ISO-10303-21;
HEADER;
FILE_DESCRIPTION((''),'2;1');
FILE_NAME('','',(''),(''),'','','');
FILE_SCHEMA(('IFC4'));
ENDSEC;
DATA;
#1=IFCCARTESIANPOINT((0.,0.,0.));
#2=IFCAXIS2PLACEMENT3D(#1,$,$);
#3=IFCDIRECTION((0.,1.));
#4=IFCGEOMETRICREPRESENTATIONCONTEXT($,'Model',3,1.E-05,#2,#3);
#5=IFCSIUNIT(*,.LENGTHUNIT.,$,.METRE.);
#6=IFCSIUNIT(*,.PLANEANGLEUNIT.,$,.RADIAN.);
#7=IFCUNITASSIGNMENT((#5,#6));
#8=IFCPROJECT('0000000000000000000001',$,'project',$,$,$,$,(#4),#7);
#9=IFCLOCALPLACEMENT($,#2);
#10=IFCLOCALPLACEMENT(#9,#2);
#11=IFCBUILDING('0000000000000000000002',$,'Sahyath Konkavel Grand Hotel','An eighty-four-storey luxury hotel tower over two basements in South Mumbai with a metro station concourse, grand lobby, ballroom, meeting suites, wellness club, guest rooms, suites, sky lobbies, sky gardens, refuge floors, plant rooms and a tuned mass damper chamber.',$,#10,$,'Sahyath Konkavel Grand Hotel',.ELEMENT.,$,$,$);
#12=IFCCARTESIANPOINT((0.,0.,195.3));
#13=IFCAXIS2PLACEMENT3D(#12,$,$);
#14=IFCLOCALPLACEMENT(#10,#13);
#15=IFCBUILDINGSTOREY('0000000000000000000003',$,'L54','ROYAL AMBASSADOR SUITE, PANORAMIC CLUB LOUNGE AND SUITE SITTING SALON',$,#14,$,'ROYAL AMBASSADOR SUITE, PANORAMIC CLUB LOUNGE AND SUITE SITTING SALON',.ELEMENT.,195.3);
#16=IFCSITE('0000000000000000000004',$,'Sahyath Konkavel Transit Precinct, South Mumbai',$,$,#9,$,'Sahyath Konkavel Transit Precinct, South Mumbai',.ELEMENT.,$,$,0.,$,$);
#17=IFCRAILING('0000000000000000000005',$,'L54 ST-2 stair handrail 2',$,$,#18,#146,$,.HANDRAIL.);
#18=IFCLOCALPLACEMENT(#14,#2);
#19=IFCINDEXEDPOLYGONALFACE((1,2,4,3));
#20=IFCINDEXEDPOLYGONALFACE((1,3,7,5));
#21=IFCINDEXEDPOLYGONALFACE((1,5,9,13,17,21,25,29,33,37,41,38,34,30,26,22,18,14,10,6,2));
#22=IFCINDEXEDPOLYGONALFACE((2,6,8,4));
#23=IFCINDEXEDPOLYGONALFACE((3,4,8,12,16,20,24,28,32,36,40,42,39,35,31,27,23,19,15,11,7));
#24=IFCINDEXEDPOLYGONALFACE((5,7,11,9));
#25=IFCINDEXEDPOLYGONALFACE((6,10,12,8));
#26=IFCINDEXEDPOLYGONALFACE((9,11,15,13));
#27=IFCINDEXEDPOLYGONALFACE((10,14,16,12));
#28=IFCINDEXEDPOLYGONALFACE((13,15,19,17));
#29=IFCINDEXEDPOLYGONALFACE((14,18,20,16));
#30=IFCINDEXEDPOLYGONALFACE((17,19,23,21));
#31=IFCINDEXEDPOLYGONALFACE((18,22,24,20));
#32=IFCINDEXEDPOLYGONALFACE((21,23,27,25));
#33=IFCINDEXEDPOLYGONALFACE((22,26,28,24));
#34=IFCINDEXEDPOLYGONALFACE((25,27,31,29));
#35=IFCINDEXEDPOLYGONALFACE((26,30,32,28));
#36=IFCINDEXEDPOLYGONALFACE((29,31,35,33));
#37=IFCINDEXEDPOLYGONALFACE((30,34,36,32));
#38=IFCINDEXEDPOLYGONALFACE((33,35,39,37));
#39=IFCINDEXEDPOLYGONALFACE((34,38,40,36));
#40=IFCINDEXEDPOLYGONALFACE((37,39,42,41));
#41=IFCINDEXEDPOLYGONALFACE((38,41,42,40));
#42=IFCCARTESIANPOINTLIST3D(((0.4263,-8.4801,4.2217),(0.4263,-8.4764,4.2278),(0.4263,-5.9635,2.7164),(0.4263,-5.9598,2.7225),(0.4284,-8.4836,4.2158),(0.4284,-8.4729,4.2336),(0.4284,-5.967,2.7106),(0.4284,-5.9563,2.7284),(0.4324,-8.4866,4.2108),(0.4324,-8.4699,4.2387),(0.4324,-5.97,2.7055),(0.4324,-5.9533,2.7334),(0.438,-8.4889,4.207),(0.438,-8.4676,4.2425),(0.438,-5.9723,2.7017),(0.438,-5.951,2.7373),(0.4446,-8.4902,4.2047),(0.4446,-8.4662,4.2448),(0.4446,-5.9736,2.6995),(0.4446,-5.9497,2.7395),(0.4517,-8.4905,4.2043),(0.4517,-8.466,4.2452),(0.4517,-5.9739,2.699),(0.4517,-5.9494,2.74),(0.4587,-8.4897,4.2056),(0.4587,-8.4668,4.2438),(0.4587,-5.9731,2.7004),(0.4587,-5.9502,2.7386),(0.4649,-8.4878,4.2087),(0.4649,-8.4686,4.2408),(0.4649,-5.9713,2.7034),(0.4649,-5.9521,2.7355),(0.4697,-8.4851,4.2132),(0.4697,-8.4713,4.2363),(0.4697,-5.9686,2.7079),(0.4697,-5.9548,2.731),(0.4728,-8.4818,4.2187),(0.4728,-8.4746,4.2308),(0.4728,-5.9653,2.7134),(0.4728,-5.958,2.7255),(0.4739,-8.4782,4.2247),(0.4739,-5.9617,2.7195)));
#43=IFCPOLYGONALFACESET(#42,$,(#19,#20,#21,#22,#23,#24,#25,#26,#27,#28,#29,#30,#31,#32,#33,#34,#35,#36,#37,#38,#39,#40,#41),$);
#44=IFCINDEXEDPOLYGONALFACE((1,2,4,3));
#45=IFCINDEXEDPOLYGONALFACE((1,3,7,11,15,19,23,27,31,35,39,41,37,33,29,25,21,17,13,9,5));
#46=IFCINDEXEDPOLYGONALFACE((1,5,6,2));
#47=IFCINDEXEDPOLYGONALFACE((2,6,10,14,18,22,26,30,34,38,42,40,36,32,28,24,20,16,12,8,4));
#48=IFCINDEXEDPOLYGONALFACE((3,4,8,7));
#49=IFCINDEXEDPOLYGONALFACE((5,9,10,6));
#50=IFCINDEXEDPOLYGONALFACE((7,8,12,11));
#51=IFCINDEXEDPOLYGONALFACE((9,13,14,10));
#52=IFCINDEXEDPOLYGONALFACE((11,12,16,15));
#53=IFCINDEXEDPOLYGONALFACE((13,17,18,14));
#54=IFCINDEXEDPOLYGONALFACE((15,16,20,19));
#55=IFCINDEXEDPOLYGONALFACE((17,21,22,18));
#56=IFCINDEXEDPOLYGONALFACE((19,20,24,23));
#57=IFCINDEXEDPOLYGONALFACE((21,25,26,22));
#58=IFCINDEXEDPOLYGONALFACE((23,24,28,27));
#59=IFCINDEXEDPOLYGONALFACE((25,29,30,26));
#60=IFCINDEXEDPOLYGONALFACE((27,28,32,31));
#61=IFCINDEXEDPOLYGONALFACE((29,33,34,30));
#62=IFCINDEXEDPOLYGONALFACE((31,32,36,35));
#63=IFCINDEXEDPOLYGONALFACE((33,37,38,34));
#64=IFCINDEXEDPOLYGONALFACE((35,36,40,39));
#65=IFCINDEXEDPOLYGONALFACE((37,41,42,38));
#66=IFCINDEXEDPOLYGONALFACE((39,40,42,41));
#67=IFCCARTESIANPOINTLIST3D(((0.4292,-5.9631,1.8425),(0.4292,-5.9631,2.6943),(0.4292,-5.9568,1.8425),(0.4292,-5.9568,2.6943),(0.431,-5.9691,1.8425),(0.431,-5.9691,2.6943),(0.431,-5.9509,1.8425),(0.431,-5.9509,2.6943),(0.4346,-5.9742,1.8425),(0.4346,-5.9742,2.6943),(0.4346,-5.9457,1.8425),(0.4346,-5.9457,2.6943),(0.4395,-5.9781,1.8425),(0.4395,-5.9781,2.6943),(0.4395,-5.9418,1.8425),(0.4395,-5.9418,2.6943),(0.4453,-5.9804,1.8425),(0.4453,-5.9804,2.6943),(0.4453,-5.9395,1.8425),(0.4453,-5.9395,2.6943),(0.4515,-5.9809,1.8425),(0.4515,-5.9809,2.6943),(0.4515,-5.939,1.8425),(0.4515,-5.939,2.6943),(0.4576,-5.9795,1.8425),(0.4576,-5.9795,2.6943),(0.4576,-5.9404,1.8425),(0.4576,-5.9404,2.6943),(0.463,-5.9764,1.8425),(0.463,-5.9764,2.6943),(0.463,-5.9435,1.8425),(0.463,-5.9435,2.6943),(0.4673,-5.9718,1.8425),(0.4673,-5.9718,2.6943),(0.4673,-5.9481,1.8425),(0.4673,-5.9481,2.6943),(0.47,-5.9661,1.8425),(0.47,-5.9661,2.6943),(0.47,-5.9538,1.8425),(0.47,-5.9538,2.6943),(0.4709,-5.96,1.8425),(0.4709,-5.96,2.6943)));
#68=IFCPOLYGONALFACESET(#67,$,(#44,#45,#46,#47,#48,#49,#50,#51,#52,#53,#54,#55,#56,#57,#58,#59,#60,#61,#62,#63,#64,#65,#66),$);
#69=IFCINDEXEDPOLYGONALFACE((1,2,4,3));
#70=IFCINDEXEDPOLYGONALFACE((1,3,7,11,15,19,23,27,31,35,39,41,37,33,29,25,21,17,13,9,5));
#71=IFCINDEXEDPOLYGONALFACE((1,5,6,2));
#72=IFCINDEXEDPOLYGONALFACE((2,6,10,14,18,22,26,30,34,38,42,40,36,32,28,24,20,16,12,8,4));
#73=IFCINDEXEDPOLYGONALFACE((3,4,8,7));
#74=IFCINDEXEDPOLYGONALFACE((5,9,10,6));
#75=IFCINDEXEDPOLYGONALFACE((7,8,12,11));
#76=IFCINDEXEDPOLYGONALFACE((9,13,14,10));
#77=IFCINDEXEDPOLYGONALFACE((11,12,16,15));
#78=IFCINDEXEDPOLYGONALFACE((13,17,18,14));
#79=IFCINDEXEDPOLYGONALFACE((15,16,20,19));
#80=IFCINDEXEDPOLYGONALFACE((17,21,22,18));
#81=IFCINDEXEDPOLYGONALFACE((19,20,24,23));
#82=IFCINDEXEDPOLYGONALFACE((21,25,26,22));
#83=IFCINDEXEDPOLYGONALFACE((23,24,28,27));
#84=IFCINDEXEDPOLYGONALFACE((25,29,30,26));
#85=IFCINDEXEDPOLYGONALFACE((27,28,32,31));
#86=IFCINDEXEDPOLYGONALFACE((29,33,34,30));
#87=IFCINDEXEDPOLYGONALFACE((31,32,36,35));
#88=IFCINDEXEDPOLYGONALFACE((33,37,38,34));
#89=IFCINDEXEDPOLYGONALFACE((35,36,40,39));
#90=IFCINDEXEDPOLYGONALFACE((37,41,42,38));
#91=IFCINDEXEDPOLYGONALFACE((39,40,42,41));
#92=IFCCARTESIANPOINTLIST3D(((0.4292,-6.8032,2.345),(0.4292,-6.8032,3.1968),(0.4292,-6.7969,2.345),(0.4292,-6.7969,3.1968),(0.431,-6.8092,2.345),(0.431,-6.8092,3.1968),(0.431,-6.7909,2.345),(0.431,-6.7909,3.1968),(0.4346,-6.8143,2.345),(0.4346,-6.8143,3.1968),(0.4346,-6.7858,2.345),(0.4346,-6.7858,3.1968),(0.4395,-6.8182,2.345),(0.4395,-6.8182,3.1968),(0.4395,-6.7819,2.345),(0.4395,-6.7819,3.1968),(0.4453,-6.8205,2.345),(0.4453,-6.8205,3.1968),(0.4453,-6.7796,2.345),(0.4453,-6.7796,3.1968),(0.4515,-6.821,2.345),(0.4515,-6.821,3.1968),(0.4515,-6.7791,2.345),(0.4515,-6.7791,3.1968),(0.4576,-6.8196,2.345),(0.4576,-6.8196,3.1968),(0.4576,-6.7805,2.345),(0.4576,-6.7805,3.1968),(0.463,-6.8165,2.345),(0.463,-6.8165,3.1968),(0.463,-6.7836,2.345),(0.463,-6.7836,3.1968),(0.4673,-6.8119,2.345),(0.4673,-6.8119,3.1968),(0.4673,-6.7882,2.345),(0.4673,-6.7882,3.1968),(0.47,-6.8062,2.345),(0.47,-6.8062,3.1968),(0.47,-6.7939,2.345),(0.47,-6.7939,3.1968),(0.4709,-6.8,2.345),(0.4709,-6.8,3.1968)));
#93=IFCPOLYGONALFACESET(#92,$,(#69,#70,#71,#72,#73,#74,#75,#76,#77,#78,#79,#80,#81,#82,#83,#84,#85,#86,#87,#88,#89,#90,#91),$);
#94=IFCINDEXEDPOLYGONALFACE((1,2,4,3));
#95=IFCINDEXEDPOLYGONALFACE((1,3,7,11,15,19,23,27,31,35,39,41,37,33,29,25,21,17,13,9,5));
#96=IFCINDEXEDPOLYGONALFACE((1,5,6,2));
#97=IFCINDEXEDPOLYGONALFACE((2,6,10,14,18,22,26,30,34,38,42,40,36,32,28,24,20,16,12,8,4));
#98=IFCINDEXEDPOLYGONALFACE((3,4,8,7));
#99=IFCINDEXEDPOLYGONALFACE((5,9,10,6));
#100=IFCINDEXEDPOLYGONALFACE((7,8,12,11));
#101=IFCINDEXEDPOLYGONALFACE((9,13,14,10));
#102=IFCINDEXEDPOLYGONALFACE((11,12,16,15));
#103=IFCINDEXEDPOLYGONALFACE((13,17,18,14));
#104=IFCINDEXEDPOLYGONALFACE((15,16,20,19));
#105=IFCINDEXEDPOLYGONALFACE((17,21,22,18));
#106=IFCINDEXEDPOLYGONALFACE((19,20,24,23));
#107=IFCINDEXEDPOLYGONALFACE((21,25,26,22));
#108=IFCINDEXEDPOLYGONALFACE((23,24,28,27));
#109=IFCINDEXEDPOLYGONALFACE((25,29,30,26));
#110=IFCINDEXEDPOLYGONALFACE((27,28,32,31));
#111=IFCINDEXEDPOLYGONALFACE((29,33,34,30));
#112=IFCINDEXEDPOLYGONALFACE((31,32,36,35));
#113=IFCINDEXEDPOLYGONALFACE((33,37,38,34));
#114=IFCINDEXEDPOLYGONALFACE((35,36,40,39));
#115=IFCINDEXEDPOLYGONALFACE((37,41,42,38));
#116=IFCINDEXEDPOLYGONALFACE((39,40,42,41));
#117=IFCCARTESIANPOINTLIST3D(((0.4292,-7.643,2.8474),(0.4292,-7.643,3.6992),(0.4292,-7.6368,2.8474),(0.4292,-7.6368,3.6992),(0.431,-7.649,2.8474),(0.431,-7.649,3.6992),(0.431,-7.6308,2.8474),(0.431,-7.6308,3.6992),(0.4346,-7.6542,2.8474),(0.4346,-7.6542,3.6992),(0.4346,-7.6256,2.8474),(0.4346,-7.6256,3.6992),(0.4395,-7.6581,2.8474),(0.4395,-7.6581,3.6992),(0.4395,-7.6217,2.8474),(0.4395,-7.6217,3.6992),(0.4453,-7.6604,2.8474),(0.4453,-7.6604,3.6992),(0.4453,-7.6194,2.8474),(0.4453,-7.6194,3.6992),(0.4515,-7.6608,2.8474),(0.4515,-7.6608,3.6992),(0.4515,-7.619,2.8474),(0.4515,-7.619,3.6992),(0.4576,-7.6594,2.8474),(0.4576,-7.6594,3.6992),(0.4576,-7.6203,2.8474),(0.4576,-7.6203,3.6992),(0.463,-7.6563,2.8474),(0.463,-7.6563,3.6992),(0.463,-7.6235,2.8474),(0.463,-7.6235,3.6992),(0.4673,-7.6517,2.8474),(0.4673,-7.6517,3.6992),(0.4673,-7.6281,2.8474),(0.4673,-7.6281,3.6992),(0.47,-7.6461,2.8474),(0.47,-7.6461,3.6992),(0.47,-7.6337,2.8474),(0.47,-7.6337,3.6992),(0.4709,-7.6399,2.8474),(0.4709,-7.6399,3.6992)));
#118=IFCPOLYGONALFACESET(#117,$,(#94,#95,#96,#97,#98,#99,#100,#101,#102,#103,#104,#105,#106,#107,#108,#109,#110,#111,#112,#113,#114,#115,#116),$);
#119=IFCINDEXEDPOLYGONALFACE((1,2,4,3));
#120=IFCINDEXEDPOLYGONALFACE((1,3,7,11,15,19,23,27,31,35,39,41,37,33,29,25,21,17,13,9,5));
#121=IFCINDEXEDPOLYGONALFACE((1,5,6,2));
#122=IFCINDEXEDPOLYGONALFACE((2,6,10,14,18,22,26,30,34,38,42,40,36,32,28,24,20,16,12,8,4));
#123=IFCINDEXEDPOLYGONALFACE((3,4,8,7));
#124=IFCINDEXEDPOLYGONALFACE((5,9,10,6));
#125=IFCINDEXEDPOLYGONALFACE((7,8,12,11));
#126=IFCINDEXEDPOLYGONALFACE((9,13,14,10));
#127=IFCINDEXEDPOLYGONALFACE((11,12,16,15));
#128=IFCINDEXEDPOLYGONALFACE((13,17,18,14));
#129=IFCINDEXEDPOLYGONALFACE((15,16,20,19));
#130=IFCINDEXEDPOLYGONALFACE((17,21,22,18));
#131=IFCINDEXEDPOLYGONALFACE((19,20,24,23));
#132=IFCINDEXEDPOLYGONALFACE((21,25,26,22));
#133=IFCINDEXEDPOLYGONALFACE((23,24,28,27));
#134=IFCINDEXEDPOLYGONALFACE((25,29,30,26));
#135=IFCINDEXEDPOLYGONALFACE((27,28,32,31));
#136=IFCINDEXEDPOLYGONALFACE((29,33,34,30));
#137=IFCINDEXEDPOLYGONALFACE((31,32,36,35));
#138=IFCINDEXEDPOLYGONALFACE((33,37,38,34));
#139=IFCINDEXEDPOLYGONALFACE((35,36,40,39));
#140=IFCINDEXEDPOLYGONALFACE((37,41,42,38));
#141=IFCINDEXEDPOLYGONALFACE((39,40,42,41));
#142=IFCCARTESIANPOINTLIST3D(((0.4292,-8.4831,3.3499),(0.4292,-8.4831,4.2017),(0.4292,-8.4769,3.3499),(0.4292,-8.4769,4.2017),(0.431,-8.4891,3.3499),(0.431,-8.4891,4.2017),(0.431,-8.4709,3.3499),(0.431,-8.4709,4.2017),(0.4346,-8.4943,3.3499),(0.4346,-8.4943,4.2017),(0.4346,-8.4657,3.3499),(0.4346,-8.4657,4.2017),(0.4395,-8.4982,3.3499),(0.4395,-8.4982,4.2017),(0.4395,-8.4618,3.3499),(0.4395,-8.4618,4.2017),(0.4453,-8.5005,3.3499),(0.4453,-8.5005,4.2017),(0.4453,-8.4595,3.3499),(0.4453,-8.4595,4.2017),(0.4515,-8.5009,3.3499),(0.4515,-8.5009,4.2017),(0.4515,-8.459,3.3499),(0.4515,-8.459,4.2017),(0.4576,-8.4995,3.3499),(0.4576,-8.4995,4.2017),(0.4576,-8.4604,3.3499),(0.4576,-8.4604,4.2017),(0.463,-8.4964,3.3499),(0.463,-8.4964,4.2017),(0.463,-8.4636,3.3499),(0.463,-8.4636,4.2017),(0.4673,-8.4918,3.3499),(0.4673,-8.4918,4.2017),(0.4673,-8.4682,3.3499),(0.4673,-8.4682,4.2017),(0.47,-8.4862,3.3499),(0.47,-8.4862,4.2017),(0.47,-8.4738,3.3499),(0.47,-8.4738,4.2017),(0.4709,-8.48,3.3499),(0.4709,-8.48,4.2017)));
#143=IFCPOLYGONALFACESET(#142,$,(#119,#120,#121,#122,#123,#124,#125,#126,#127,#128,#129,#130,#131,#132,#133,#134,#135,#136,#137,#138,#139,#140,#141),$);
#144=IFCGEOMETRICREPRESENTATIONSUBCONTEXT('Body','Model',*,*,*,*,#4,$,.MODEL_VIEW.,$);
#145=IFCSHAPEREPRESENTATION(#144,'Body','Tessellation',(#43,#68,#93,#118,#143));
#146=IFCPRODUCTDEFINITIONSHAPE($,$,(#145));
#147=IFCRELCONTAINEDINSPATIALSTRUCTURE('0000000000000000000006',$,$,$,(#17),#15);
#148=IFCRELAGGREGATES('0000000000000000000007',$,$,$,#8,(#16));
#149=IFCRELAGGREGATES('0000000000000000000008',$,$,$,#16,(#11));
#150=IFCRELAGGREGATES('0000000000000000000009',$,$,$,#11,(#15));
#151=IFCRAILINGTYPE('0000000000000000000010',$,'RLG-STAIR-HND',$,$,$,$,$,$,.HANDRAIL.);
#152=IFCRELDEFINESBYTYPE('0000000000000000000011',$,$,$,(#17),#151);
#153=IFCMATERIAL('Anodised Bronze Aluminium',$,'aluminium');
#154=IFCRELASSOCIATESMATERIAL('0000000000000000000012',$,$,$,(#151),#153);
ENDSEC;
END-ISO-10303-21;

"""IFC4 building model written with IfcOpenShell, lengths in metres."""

from ifc_helpers import new_model, si_unit, direction, frame, origin, origin_2d, place, context, subcontext, project, spatial, circle, extrude, material, type_object, element, save


model = new_model("IFC4")

# Units and contexts
model_context = context("Model", 3, precision=1e-05, world=origin(), true_north=direction((0.0, 1.0)))
body_context = subcontext(model_context, "Body", "Model", "MODEL_VIEW")
ifc_project = project(units=[si_unit("LENGTHUNIT", "METRE"), si_unit("PLANEANGLEUNIT", "RADIAN")], contexts=[model_context])

# Site, building, storey
site_placement = place(None, origin())
site = spatial("IfcSite", under=ifc_project, at=site_placement, Name="Sahyath Konkavel Transit Precinct, South Mumbai", LongName="Sahyath Konkavel Transit Precinct, South Mumbai", CompositionType="ELEMENT", RefElevation=0.0)
building_placement = place(site_placement, origin())
building = spatial("IfcBuilding", under=site, at=building_placement, Name="Sahyath Konkavel Grand Hotel", Description="An eighty-four-storey luxury hotel tower over two basements in South Mumbai with a metro station concourse, grand lobby, ballroom, meeting suites, wellness club, guest rooms, suites, sky lobbies, sky gardens, refuge floors, plant rooms and a tuned mass damper chamber.", LongName="Sahyath Konkavel Grand Hotel", CompositionType="ELEMENT")
storey_placement = place(building_placement, frame((0.0, 0.0, 195.3)))
storey = spatial("IfcBuildingStorey", under=building, at=storey_placement, Name="L54", Description="ROYAL AMBASSADOR SUITE, PANORAMIC CLUB LOUNGE AND SUITE SITTING SALON", LongName="ROYAL AMBASSADOR SUITE, PANORAMIC CLUB LOUNGE AND SUITE SITTING SALON", CompositionType="ELEMENT", Elevation=195.3)

# Shared definitions
ifc_material_1 = material(Name="Anodised Bronze Aluminium", Category="aluminium")

# Railing
railing_type_1 = type_object("IfcRailingType", Name="RLG-STAIR-HND", PredefinedType="HANDRAIL", material=ifc_material_1)
railing_1_placement = place(storey_placement, frame((0.45, -5.96, 1.8425)))
element("IfcRailing", 1, at=railing_1_placement, inside=storey, type_object=railing_type_1, Name="L54 ST-2 stair handrail 2", PredefinedType="HANDRAIL", context=body_context, shape_type="SweptSolid", body=[
    extrude(circle(Radius=0.0239, at=origin_2d()), frame((0.0, -0.0017, 0.877), z_axis=(0.0, -0.858196, 0.513321), x_axis=(1.0, 0.0, 0.0)), (0.0, 0.0, 1.0), 2.9324),
    extrude(circle(Radius=0.021, at=origin_2d()), origin(), (0.0, 0.0, 1.0), 0.8518),
    extrude(circle(Radius=0.021, at=origin_2d()), frame((0.0, -0.8401, 0.5024)), (0.0, 0.0, 1.0), 0.8518),
    extrude(circle(Radius=0.021, at=origin_2d()), frame((0.0, -1.6799, 1.0049)), (0.0, 0.0, 1.0), 0.8518),
    extrude(circle(Radius=0.021, at=origin_2d()), frame((0.0, -2.52, 1.5073)), (0.0, 0.0, 1.0), 0.8518),
])

save(model, "model.ifc")
